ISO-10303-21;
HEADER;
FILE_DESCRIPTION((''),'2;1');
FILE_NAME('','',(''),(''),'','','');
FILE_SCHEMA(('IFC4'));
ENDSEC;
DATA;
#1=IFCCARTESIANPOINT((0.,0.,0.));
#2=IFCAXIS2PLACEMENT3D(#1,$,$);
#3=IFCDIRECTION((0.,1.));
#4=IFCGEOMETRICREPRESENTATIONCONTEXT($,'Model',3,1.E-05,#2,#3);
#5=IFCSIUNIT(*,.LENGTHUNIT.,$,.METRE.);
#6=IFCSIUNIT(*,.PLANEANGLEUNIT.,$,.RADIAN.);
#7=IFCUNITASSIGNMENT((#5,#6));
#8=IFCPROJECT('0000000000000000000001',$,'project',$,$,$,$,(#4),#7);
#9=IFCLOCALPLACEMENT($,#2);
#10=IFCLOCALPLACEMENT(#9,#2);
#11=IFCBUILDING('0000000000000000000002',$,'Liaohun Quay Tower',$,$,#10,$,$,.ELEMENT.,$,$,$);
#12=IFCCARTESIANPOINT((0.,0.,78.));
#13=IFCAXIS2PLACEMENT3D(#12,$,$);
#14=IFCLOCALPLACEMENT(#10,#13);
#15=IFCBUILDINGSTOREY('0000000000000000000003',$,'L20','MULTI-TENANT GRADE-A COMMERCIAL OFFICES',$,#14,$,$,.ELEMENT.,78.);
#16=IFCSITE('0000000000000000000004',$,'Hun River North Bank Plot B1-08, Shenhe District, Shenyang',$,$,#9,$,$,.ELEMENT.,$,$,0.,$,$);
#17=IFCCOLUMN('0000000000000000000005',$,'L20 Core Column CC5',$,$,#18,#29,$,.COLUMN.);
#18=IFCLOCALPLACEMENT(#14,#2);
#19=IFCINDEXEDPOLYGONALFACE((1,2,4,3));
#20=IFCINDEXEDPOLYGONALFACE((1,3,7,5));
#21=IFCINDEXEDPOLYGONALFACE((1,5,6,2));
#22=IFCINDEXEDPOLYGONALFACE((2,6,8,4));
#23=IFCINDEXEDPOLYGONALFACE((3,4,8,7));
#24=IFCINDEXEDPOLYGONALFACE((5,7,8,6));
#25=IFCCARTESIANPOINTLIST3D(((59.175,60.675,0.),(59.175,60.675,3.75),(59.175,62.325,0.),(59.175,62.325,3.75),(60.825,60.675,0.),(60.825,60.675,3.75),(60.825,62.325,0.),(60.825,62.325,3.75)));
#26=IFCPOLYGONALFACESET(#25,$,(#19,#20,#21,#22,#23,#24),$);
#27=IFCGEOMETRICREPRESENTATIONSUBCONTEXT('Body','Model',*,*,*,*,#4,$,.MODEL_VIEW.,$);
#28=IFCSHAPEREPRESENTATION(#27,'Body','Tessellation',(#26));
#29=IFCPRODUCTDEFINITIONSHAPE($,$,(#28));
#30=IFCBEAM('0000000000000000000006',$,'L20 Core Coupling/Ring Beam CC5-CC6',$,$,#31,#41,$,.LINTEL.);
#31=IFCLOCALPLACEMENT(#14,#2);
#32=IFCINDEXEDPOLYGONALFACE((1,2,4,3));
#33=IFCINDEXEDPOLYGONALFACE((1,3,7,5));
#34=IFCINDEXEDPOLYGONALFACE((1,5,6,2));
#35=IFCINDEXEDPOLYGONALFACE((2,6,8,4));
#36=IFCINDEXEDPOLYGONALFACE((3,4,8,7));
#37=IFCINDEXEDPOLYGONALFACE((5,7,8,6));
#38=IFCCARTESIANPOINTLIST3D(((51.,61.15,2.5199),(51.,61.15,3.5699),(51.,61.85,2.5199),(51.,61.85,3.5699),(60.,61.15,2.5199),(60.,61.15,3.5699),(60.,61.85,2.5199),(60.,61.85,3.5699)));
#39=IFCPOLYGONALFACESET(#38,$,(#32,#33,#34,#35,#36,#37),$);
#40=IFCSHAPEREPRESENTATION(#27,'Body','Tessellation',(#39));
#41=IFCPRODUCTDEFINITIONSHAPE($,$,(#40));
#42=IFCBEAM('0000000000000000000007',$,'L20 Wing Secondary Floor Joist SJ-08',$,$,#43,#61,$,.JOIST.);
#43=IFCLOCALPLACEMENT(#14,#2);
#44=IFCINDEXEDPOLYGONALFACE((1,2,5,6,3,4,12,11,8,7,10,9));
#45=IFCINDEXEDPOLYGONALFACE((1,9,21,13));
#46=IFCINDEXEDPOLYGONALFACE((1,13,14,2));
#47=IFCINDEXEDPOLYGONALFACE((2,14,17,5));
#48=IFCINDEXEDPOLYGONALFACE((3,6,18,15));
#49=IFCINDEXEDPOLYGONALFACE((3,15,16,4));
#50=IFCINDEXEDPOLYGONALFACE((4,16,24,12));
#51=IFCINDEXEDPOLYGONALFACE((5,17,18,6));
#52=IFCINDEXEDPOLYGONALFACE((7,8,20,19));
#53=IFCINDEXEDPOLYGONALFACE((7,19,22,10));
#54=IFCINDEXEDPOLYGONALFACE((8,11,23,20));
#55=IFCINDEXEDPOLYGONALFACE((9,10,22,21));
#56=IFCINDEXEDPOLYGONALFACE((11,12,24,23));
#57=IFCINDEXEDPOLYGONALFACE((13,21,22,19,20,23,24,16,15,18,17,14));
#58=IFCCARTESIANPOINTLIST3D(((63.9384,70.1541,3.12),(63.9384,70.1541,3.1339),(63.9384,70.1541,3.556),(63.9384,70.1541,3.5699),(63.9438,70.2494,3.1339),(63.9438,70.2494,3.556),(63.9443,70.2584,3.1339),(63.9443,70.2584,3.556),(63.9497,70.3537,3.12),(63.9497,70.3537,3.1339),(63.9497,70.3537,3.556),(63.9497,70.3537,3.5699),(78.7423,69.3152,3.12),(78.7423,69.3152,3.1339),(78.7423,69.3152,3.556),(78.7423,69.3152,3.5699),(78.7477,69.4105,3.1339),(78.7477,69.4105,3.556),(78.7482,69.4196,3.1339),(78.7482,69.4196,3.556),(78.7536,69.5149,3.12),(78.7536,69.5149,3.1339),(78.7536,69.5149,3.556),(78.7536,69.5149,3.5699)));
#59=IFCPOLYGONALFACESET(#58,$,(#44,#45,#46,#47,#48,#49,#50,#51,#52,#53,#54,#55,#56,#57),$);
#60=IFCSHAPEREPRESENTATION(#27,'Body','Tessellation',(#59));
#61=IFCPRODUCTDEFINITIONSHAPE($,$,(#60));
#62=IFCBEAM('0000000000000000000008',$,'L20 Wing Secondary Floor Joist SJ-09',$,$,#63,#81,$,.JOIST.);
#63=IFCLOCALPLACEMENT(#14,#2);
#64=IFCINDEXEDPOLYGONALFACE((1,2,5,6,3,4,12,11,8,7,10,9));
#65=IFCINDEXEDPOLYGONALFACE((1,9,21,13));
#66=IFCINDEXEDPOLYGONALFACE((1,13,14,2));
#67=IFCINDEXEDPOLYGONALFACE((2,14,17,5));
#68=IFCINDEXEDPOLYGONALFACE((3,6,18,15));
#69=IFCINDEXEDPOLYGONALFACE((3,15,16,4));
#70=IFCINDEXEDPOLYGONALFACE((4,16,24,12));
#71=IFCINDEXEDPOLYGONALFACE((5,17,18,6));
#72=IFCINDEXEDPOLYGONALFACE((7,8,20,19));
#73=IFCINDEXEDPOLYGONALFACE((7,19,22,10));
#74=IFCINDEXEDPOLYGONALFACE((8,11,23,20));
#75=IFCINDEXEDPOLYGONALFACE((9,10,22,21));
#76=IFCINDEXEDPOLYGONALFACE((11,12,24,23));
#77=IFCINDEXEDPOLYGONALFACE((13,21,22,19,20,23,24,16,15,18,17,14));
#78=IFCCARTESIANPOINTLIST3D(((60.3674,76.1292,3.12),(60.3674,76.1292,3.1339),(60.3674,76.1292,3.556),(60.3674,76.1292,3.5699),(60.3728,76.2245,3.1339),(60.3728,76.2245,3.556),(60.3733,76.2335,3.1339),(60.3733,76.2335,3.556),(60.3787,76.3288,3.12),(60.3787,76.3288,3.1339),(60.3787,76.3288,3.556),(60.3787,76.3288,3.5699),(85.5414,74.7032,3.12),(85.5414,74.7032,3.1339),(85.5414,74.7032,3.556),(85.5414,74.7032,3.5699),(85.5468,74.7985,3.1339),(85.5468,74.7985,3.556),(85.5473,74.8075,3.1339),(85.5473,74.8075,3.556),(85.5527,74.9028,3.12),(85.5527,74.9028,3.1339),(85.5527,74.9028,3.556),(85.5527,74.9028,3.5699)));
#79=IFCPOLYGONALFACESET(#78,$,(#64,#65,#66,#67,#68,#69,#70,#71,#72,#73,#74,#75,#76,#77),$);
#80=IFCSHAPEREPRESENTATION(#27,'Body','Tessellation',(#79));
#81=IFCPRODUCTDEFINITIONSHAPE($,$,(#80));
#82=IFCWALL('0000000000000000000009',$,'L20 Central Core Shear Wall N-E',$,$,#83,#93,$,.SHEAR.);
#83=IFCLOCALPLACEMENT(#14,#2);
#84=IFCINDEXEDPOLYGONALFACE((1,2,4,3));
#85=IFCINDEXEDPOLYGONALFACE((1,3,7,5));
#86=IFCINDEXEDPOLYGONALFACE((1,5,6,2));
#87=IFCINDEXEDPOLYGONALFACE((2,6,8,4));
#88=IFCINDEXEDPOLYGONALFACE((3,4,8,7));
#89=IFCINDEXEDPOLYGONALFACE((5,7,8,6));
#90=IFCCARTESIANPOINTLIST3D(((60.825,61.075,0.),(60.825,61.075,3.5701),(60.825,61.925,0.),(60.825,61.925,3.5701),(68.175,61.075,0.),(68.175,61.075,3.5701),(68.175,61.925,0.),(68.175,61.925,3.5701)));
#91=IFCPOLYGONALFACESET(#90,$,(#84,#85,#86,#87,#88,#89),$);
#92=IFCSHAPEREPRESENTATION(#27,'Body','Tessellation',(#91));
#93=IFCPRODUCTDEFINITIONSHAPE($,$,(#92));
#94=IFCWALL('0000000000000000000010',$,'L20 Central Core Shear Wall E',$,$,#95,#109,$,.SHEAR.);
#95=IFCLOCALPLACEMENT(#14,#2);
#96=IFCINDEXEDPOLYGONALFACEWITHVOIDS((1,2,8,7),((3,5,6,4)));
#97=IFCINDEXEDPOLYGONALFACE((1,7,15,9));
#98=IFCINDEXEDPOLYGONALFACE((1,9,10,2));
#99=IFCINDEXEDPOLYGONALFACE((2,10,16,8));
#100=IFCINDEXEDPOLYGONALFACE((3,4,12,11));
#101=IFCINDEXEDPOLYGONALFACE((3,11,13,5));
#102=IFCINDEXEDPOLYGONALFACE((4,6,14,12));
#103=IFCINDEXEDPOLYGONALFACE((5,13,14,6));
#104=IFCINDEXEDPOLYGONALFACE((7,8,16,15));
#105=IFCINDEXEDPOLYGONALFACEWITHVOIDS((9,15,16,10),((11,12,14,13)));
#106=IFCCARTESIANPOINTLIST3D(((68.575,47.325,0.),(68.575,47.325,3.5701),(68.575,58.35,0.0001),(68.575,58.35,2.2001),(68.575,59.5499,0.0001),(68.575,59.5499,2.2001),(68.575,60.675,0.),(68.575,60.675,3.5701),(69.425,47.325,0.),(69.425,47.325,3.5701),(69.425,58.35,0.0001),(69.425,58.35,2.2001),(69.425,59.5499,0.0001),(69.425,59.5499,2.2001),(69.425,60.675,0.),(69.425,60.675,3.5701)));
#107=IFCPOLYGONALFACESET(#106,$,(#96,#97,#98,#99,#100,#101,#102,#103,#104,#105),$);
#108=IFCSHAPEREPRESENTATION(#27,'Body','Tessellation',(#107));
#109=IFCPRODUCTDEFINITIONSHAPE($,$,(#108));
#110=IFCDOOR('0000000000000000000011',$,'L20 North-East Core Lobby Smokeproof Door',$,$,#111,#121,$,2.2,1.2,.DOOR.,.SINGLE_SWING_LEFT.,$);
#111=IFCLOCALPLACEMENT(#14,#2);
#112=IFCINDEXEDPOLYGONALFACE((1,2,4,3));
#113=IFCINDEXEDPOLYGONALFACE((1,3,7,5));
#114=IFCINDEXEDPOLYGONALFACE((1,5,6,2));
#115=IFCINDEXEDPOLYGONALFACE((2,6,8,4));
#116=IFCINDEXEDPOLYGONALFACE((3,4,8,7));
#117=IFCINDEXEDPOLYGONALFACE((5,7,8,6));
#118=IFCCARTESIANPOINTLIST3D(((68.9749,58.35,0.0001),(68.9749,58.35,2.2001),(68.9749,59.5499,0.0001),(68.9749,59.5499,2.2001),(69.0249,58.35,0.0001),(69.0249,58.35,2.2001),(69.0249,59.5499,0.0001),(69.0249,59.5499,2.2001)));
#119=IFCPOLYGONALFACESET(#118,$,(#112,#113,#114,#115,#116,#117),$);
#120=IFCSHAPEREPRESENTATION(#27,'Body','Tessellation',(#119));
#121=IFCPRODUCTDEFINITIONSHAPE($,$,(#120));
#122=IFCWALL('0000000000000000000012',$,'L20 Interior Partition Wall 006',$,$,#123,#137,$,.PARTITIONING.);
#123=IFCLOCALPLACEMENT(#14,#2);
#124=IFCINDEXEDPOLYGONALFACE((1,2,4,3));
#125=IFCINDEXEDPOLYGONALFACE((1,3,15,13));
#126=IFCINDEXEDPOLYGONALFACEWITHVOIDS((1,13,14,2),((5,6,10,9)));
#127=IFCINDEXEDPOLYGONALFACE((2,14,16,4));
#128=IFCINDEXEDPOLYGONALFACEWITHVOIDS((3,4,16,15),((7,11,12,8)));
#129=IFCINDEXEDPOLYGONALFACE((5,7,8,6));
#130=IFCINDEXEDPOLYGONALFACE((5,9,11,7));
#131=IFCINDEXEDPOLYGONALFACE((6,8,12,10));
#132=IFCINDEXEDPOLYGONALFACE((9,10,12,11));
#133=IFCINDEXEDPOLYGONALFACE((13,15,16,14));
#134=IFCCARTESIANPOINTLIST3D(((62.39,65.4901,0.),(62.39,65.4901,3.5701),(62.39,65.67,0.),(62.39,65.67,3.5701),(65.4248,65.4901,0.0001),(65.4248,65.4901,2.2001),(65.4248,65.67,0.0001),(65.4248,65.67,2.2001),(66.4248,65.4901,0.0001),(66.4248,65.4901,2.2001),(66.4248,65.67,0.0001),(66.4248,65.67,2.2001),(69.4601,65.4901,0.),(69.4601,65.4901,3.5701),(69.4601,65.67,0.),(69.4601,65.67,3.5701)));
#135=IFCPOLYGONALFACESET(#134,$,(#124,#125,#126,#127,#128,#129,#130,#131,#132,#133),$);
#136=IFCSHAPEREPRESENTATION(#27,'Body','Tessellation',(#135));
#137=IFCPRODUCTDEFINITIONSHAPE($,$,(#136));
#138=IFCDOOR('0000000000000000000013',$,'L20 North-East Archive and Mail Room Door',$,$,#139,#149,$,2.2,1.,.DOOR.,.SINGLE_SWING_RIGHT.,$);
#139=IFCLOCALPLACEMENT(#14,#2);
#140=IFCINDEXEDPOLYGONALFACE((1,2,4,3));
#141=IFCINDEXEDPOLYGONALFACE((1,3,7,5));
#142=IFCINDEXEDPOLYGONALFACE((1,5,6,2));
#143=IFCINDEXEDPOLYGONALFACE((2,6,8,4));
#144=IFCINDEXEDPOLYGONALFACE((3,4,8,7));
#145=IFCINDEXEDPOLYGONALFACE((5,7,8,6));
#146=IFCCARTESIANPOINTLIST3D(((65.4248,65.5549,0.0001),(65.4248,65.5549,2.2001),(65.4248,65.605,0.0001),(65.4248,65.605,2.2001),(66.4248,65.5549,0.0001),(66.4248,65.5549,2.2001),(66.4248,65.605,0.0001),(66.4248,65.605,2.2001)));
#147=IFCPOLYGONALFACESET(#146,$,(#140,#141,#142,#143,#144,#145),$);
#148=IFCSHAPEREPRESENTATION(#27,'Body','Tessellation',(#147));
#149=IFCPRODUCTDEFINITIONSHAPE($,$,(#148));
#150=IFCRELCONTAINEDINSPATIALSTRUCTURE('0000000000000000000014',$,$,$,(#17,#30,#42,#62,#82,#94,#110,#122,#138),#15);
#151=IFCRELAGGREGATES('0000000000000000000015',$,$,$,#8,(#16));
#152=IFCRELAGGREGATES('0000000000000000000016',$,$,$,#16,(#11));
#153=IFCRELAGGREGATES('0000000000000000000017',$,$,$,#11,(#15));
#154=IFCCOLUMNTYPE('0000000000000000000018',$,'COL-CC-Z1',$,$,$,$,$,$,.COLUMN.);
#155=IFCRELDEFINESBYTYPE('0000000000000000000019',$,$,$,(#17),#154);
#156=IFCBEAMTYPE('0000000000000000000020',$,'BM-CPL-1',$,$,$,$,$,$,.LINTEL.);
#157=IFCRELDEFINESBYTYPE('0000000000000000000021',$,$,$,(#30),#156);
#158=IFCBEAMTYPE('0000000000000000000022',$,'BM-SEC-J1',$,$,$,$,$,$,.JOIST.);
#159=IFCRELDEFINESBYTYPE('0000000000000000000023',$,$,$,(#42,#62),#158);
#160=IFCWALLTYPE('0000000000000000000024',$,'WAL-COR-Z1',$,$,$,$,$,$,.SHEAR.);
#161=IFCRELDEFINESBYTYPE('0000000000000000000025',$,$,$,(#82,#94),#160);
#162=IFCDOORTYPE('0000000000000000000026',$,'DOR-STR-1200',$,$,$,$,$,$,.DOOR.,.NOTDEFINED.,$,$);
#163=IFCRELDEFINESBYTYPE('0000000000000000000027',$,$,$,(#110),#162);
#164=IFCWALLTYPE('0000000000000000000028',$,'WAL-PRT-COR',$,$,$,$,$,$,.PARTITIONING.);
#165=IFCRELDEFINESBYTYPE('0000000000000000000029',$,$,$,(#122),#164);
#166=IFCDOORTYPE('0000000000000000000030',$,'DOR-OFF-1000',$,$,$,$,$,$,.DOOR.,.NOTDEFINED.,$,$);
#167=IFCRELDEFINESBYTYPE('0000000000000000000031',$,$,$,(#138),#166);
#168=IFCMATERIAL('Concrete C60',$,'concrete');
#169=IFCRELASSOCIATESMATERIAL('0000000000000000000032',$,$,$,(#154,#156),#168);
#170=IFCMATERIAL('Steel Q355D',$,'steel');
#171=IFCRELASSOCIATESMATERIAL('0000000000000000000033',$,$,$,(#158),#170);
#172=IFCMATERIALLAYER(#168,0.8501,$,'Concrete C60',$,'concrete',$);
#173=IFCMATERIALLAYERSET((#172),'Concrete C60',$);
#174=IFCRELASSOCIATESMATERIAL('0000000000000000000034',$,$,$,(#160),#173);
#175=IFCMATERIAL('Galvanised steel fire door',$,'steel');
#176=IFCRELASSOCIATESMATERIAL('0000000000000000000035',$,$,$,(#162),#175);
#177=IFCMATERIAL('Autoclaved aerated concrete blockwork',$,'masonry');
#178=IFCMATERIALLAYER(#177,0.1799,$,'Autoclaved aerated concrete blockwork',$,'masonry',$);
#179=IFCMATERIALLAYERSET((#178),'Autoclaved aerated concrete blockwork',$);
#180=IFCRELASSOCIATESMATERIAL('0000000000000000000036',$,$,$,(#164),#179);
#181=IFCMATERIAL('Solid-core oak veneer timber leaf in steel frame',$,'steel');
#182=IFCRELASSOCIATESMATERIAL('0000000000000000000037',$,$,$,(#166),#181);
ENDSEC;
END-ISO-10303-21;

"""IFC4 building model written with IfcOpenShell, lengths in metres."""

from ifc_helpers import new_model, si_unit, direction, frame, frame_2d, origin, origin_2d, place, context, subcontext, project, spatial, rectangle, i_section, extrude, source, transform, mapped, material, layer, layer_set, material_profile, profile_set, type_object, element, fill, save


model = new_model("IFC4")

# Units and contexts
model_context = context("Model", 3, precision=1e-05, world=origin(), true_north=direction((0.0, 1.0)))
body_context = subcontext(model_context, "Body", "Model", "MODEL_VIEW")
ifc_project = project(units=[si_unit("LENGTHUNIT", "METRE"), si_unit("PLANEANGLEUNIT", "RADIAN")], contexts=[model_context])

# Site, building, storey
site_placement = place(None, origin())
site = spatial("IfcSite", under=ifc_project, at=site_placement, Name="Hun River North Bank Plot B1-08, Shenhe District, Shenyang", CompositionType="ELEMENT", RefElevation=0.0)
building_placement = place(site_placement, origin())
building = spatial("IfcBuilding", under=site, at=building_placement, Name="Liaohun Quay Tower", CompositionType="ELEMENT")
storey_placement = place(building_placement, frame((0.0, 0.0, 78.0)))
storey = spatial("IfcBuildingStorey", under=building, at=storey_placement, Name="L20", Description="MULTI-TENANT GRADE-A COMMERCIAL OFFICES", CompositionType="ELEMENT", Elevation=78.0)

# Column
ifc_material_1 = material(Name="Concrete C60", Category="concrete")
ifc_material_profile_1 = material_profile(ifc_material_1, rectangle(XDim=1.6499, YDim=1.6499, at=origin_2d()), Name="RC1650x1650")
ifc_profile_set_1 = profile_set([ifc_material_profile_1], Name="Concrete C60")
column_type = type_object("IfcColumnType", Name="COL-CC-Z1", PredefinedType="COLUMN", material=ifc_profile_set_1)
shared_shape_1 = source(origin(), body_context, "Body", "SweptSolid", [
    extrude(rectangle(XDim=1.6499, YDim=1.6499, at=origin_2d()), origin(), (0.0, 0.0, 1.0), 3.75),
])
column_placement = place(storey_placement, frame((60.0, 61.5, 0.0), z_axis=(0.0, 0.0, 1.0), x_axis=(1.0, 0.0, 0.0)))
element("IfcColumn", 1, at=column_placement, inside=storey, type_object=column_type, Name="L20 Core Column CC5", PredefinedType="COLUMN", context=body_context, shape_type="MappedRepresentation", body=[
    mapped(shared_shape_1, transform((0.0, 0.0, 0.0), x_axis=(1.0, 0.0, 0.0), y_axis=(0.0, 1.0, 0.0), z_axis=(0.0, 0.0, 1.0), scale=1.0)),
])

# Beams
ifc_material_profile_2 = material_profile(ifc_material_1, rectangle(XDim=0.7, YDim=1.05, at=origin_2d()), Name="RC700x1050")
ifc_profile_set_2 = profile_set([ifc_material_profile_2], Name="Concrete C60")
beam_type_1 = type_object("IfcBeamType", Name="BM-CPL-1", PredefinedType="LINTEL", material=ifc_profile_set_2)
shared_shape_2 = source(origin(), body_context, "Body", "SweptSolid", [
    extrude(rectangle(XDim=0.7, YDim=1.05, at=origin_2d()), origin(), (0.0, 0.0, 1.0), 9.0),
])
beam_1_placement = place(storey_placement, frame((60.0, 61.5, 3.0449), z_axis=(-1.0, 0.0, 0.0), x_axis=(0.0, -1.0, 0.0)))
element("IfcBeam", 2, at=beam_1_placement, inside=storey, type_object=beam_type_1, Name="L20 Core Coupling/Ring Beam CC5-CC6", PredefinedType="LINTEL", context=body_context, shape_type="MappedRepresentation", body=[
    mapped(shared_shape_2, transform((0.0, 0.0, 0.0), x_axis=(1.0, 0.0, 0.0), y_axis=(0.0, 1.0, 0.0), z_axis=(0.0, 0.0, 1.0), scale=1.0)),
])
ifc_material_2 = material(Name="Steel Q355D", Category="steel")
ifc_material_profile_3 = material_profile(ifc_material_2, i_section(OverallWidth=0.2, OverallDepth=0.45, WebThickness=0.009, FlangeThickness=0.0139, at=origin_2d()), Name="HN450x200x9x14")
ifc_profile_set_3 = profile_set([ifc_material_profile_3], Name="Steel Q355D")
beam_type_2 = type_object("IfcBeamType", Name="BM-SEC-J1", PredefinedType="JOIST", material=ifc_profile_set_3)
shared_shape_3 = source(origin(), body_context, "Body", "SweptSolid", [
    extrude(i_section(OverallWidth=0.2, OverallDepth=0.45, WebThickness=0.009, FlangeThickness=0.0139, at=origin_2d()), origin(), (0.0, 0.0, 1.0), 14.8276),
])
beam_2_placement = place(storey_placement, frame((63.9441, 70.2539, 3.345), z_axis=(0.998398, -0.056574, 0.0), x_axis=(0.056574, 0.998398, 0.0)))
element("IfcBeam", 3, at=beam_2_placement, inside=storey, type_object=beam_type_2, Name="L20 Wing Secondary Floor Joist SJ-08", PredefinedType="JOIST", context=body_context, shape_type="MappedRepresentation", body=[
    mapped(shared_shape_3, transform((0.0, 0.0, 0.0), x_axis=(1.0, 0.0, 0.0), y_axis=(0.0, 1.0, 0.0), z_axis=(0.0, 0.0, 1.0), scale=1.0)),
])
shared_shape_4 = source(origin(), body_context, "Body", "SweptSolid", [
    extrude(i_section(OverallWidth=0.2, OverallDepth=0.45, WebThickness=0.009, FlangeThickness=0.0139, at=origin_2d()), origin(), (0.0, 0.0, 1.0), 25.2144),
])
beam_3_placement = place(storey_placement, frame((60.373, 76.229, 3.345), z_axis=(0.998399, -0.056556, 0.0), x_axis=(0.056556, 0.998399, 0.0)))
element("IfcBeam", 4, at=beam_3_placement, inside=storey, type_object=beam_type_2, Name="L20 Wing Secondary Floor Joist SJ-09", PredefinedType="JOIST", context=body_context, shape_type="MappedRepresentation", body=[
    mapped(shared_shape_4, transform((0.0, 0.0, 0.0), x_axis=(1.0, 0.0, 0.0), y_axis=(0.0, 1.0, 0.0), z_axis=(0.0, 0.0, 1.0), scale=1.0)),
])

# Wall
ifc_layer_1 = layer(ifc_material_1, 0.8501, Name="Concrete C60", Category="concrete")
ifc_layer_set_1 = layer_set([ifc_layer_1], Name="Concrete C60")
wall_type_1 = type_object("IfcWallType", Name="WAL-COR-Z1", PredefinedType="SHEAR", material=ifc_layer_set_1)
wall_1_placement = place(storey_placement, frame((60.825, 61.5, 0.0), z_axis=(0.0, 0.0, 1.0), x_axis=(1.0, 0.0, 0.0)))
element("IfcWall", 5, at=wall_1_placement, inside=storey, type_object=wall_type_1, Name="L20 Central Core Shear Wall N-E", PredefinedType="SHEAR", context=body_context, shape_type="SweptSolid", body=[
    extrude(rectangle(XDim=7.3501, YDim=0.8501, at=frame_2d((3.675, 0.0))), origin(), (0.0, 0.0, 1.0), 3.5701),
])

# Walls, openings, doors
wall_2_placement = place(storey_placement, frame((69.0, 60.675, 0.0), z_axis=(0.0, 0.0, 1.0), x_axis=(0.0, -1.0, 0.0)))
wall_2 = element("IfcWall", 6, at=wall_2_placement, inside=storey, type_object=wall_type_1, Name="L20 Central Core Shear Wall E", PredefinedType="SHEAR", context=body_context, shape_type="SweptSolid", body=[
    extrude(rectangle(XDim=13.3501, YDim=0.8501, at=frame_2d((6.675, 0.0))), origin(), (0.0, 0.0, 1.0), 3.5701),
])
shared_shape_5 = source(origin(), body_context, "Body", "SweptSolid", [
    extrude(rectangle(XDim=1.2, YDim=2.2, at=frame_2d((0.6001, 1.1001))), frame((0.0, 0.4351, 0.0), z_axis=(0.0, -1.0, 0.0), x_axis=(1.0, 0.0, 0.0)), (0.0, 0.0, 1.0), 0.8701),
])
opening_1_placement = place(wall_2_placement, frame((1.125, 0.0, 0.0)))
opening_1 = element("IfcOpeningElement", 7, at=opening_1_placement, cuts=wall_2, PredefinedType="OPENING", context=body_context, shape_type="MappedRepresentation", body=[
    mapped(shared_shape_5, transform((0.0, 0.0, 0.0), x_axis=(1.0, 0.0, 0.0), y_axis=(0.0, 1.0, 0.0), z_axis=(0.0, 0.0, 1.0), scale=1.0)),
])
ifc_material_3 = material(Name="Galvanised steel fire door", Category="steel")
door_type_1 = type_object("IfcDoorType", Name="DOR-STR-1200", OperationType="NOTDEFINED", PredefinedType="DOOR", material=ifc_material_3)
shared_shape_6 = source(origin(), body_context, "Body", "SweptSolid", [
    extrude(rectangle(XDim=1.2, YDim=2.2, at=frame_2d((0.6001, 1.1001))), frame((0.0, 0.0249, 0.0), z_axis=(0.0, -1.0, 0.0), x_axis=(1.0, 0.0, 0.0)), (0.0, 0.0, 1.0), 0.05),
])
door_1_placement = place(opening_1_placement, origin())
door_1 = element("IfcDoor", 8, at=door_1_placement, inside=storey, type_object=door_type_1, Name="L20 North-East Core Lobby Smokeproof Door", OperationType="SINGLE_SWING_LEFT", OverallHeight=2.2, OverallWidth=1.2, PredefinedType="DOOR", context=body_context, shape_type="MappedRepresentation", body=[
    mapped(shared_shape_6, transform((0.0, 0.0, 0.0), x_axis=(1.0, 0.0, 0.0), y_axis=(0.0, 1.0, 0.0), z_axis=(0.0, 0.0, 1.0), scale=1.0)),
])
fill(opening_1, door_1)
ifc_material_4 = material(Name="Autoclaved aerated concrete blockwork", Category="masonry")
ifc_layer_2 = layer(ifc_material_4, 0.1799, Name="Autoclaved aerated concrete blockwork", Category="masonry")
ifc_layer_set_2 = layer_set([ifc_layer_2], Name="Autoclaved aerated concrete blockwork")
wall_type_2 = type_object("IfcWallType", Name="WAL-PRT-COR", PredefinedType="PARTITIONING", material=ifc_layer_set_2)
wall_3_placement = place(storey_placement, frame((62.3899, 65.5801, 0.0), z_axis=(0.0, 0.0, 1.0), x_axis=(1.0, 0.0, 0.0)))
wall_3 = element("IfcWall", 9, at=wall_3_placement, inside=storey, type_object=wall_type_2, Name="L20 Interior Partition Wall 006", PredefinedType="PARTITIONING", context=body_context, shape_type="SweptSolid", body=[
    extrude(rectangle(XDim=7.0701, YDim=0.1799, at=frame_2d((3.5352, 0.0))), origin(), (0.0, 0.0, 1.0), 3.5701),
])
shared_shape_7 = source(origin(), body_context, "Body", "SweptSolid", [
    extrude(rectangle(XDim=1.0, YDim=2.2, at=frame_2d((0.5, 1.1001))), frame((0.0, 0.0999, 0.0), z_axis=(0.0, -1.0, 0.0), x_axis=(1.0, 0.0, 0.0)), (0.0, 0.0, 1.0), 0.2),
])
opening_2_placement = place(wall_3_placement, frame((3.0349, 0.0, 0.0)))
opening_2 = element("IfcOpeningElement", 10, at=opening_2_placement, cuts=wall_3, PredefinedType="OPENING", context=body_context, shape_type="MappedRepresentation", body=[
    mapped(shared_shape_7, transform((0.0, 0.0, 0.0), x_axis=(1.0, 0.0, 0.0), y_axis=(0.0, 1.0, 0.0), z_axis=(0.0, 0.0, 1.0), scale=1.0)),
])
ifc_material_5 = material(Name="Solid-core oak veneer timber leaf in steel frame", Category="steel")
door_type_2 = type_object("IfcDoorType", Name="DOR-OFF-1000", OperationType="NOTDEFINED", PredefinedType="DOOR", material=ifc_material_5)
shared_shape_8 = source(origin(), body_context, "Body", "SweptSolid", [
    extrude(rectangle(XDim=1.0, YDim=2.2, at=frame_2d((0.5, 1.1001))), frame((0.0, 0.0249, 0.0), z_axis=(0.0, -1.0, 0.0), x_axis=(1.0, 0.0, 0.0)), (0.0, 0.0, 1.0), 0.05),
])
door_2_placement = place(opening_2_placement, origin())
door_2 = element("IfcDoor", 11, at=door_2_placement, inside=storey, type_object=door_type_2, Name="L20 North-East Archive and Mail Room Door", OperationType="SINGLE_SWING_RIGHT", OverallHeight=2.2, OverallWidth=1.0, PredefinedType="DOOR", context=body_context, shape_type="MappedRepresentation", body=[
    mapped(shared_shape_8, transform((0.0, 0.0, 0.0), x_axis=(1.0, 0.0, 0.0), y_axis=(0.0, 1.0, 0.0), z_axis=(0.0, 0.0, 1.0), scale=1.0)),
])
fill(opening_2, door_2)

save(model, "model.ifc")
